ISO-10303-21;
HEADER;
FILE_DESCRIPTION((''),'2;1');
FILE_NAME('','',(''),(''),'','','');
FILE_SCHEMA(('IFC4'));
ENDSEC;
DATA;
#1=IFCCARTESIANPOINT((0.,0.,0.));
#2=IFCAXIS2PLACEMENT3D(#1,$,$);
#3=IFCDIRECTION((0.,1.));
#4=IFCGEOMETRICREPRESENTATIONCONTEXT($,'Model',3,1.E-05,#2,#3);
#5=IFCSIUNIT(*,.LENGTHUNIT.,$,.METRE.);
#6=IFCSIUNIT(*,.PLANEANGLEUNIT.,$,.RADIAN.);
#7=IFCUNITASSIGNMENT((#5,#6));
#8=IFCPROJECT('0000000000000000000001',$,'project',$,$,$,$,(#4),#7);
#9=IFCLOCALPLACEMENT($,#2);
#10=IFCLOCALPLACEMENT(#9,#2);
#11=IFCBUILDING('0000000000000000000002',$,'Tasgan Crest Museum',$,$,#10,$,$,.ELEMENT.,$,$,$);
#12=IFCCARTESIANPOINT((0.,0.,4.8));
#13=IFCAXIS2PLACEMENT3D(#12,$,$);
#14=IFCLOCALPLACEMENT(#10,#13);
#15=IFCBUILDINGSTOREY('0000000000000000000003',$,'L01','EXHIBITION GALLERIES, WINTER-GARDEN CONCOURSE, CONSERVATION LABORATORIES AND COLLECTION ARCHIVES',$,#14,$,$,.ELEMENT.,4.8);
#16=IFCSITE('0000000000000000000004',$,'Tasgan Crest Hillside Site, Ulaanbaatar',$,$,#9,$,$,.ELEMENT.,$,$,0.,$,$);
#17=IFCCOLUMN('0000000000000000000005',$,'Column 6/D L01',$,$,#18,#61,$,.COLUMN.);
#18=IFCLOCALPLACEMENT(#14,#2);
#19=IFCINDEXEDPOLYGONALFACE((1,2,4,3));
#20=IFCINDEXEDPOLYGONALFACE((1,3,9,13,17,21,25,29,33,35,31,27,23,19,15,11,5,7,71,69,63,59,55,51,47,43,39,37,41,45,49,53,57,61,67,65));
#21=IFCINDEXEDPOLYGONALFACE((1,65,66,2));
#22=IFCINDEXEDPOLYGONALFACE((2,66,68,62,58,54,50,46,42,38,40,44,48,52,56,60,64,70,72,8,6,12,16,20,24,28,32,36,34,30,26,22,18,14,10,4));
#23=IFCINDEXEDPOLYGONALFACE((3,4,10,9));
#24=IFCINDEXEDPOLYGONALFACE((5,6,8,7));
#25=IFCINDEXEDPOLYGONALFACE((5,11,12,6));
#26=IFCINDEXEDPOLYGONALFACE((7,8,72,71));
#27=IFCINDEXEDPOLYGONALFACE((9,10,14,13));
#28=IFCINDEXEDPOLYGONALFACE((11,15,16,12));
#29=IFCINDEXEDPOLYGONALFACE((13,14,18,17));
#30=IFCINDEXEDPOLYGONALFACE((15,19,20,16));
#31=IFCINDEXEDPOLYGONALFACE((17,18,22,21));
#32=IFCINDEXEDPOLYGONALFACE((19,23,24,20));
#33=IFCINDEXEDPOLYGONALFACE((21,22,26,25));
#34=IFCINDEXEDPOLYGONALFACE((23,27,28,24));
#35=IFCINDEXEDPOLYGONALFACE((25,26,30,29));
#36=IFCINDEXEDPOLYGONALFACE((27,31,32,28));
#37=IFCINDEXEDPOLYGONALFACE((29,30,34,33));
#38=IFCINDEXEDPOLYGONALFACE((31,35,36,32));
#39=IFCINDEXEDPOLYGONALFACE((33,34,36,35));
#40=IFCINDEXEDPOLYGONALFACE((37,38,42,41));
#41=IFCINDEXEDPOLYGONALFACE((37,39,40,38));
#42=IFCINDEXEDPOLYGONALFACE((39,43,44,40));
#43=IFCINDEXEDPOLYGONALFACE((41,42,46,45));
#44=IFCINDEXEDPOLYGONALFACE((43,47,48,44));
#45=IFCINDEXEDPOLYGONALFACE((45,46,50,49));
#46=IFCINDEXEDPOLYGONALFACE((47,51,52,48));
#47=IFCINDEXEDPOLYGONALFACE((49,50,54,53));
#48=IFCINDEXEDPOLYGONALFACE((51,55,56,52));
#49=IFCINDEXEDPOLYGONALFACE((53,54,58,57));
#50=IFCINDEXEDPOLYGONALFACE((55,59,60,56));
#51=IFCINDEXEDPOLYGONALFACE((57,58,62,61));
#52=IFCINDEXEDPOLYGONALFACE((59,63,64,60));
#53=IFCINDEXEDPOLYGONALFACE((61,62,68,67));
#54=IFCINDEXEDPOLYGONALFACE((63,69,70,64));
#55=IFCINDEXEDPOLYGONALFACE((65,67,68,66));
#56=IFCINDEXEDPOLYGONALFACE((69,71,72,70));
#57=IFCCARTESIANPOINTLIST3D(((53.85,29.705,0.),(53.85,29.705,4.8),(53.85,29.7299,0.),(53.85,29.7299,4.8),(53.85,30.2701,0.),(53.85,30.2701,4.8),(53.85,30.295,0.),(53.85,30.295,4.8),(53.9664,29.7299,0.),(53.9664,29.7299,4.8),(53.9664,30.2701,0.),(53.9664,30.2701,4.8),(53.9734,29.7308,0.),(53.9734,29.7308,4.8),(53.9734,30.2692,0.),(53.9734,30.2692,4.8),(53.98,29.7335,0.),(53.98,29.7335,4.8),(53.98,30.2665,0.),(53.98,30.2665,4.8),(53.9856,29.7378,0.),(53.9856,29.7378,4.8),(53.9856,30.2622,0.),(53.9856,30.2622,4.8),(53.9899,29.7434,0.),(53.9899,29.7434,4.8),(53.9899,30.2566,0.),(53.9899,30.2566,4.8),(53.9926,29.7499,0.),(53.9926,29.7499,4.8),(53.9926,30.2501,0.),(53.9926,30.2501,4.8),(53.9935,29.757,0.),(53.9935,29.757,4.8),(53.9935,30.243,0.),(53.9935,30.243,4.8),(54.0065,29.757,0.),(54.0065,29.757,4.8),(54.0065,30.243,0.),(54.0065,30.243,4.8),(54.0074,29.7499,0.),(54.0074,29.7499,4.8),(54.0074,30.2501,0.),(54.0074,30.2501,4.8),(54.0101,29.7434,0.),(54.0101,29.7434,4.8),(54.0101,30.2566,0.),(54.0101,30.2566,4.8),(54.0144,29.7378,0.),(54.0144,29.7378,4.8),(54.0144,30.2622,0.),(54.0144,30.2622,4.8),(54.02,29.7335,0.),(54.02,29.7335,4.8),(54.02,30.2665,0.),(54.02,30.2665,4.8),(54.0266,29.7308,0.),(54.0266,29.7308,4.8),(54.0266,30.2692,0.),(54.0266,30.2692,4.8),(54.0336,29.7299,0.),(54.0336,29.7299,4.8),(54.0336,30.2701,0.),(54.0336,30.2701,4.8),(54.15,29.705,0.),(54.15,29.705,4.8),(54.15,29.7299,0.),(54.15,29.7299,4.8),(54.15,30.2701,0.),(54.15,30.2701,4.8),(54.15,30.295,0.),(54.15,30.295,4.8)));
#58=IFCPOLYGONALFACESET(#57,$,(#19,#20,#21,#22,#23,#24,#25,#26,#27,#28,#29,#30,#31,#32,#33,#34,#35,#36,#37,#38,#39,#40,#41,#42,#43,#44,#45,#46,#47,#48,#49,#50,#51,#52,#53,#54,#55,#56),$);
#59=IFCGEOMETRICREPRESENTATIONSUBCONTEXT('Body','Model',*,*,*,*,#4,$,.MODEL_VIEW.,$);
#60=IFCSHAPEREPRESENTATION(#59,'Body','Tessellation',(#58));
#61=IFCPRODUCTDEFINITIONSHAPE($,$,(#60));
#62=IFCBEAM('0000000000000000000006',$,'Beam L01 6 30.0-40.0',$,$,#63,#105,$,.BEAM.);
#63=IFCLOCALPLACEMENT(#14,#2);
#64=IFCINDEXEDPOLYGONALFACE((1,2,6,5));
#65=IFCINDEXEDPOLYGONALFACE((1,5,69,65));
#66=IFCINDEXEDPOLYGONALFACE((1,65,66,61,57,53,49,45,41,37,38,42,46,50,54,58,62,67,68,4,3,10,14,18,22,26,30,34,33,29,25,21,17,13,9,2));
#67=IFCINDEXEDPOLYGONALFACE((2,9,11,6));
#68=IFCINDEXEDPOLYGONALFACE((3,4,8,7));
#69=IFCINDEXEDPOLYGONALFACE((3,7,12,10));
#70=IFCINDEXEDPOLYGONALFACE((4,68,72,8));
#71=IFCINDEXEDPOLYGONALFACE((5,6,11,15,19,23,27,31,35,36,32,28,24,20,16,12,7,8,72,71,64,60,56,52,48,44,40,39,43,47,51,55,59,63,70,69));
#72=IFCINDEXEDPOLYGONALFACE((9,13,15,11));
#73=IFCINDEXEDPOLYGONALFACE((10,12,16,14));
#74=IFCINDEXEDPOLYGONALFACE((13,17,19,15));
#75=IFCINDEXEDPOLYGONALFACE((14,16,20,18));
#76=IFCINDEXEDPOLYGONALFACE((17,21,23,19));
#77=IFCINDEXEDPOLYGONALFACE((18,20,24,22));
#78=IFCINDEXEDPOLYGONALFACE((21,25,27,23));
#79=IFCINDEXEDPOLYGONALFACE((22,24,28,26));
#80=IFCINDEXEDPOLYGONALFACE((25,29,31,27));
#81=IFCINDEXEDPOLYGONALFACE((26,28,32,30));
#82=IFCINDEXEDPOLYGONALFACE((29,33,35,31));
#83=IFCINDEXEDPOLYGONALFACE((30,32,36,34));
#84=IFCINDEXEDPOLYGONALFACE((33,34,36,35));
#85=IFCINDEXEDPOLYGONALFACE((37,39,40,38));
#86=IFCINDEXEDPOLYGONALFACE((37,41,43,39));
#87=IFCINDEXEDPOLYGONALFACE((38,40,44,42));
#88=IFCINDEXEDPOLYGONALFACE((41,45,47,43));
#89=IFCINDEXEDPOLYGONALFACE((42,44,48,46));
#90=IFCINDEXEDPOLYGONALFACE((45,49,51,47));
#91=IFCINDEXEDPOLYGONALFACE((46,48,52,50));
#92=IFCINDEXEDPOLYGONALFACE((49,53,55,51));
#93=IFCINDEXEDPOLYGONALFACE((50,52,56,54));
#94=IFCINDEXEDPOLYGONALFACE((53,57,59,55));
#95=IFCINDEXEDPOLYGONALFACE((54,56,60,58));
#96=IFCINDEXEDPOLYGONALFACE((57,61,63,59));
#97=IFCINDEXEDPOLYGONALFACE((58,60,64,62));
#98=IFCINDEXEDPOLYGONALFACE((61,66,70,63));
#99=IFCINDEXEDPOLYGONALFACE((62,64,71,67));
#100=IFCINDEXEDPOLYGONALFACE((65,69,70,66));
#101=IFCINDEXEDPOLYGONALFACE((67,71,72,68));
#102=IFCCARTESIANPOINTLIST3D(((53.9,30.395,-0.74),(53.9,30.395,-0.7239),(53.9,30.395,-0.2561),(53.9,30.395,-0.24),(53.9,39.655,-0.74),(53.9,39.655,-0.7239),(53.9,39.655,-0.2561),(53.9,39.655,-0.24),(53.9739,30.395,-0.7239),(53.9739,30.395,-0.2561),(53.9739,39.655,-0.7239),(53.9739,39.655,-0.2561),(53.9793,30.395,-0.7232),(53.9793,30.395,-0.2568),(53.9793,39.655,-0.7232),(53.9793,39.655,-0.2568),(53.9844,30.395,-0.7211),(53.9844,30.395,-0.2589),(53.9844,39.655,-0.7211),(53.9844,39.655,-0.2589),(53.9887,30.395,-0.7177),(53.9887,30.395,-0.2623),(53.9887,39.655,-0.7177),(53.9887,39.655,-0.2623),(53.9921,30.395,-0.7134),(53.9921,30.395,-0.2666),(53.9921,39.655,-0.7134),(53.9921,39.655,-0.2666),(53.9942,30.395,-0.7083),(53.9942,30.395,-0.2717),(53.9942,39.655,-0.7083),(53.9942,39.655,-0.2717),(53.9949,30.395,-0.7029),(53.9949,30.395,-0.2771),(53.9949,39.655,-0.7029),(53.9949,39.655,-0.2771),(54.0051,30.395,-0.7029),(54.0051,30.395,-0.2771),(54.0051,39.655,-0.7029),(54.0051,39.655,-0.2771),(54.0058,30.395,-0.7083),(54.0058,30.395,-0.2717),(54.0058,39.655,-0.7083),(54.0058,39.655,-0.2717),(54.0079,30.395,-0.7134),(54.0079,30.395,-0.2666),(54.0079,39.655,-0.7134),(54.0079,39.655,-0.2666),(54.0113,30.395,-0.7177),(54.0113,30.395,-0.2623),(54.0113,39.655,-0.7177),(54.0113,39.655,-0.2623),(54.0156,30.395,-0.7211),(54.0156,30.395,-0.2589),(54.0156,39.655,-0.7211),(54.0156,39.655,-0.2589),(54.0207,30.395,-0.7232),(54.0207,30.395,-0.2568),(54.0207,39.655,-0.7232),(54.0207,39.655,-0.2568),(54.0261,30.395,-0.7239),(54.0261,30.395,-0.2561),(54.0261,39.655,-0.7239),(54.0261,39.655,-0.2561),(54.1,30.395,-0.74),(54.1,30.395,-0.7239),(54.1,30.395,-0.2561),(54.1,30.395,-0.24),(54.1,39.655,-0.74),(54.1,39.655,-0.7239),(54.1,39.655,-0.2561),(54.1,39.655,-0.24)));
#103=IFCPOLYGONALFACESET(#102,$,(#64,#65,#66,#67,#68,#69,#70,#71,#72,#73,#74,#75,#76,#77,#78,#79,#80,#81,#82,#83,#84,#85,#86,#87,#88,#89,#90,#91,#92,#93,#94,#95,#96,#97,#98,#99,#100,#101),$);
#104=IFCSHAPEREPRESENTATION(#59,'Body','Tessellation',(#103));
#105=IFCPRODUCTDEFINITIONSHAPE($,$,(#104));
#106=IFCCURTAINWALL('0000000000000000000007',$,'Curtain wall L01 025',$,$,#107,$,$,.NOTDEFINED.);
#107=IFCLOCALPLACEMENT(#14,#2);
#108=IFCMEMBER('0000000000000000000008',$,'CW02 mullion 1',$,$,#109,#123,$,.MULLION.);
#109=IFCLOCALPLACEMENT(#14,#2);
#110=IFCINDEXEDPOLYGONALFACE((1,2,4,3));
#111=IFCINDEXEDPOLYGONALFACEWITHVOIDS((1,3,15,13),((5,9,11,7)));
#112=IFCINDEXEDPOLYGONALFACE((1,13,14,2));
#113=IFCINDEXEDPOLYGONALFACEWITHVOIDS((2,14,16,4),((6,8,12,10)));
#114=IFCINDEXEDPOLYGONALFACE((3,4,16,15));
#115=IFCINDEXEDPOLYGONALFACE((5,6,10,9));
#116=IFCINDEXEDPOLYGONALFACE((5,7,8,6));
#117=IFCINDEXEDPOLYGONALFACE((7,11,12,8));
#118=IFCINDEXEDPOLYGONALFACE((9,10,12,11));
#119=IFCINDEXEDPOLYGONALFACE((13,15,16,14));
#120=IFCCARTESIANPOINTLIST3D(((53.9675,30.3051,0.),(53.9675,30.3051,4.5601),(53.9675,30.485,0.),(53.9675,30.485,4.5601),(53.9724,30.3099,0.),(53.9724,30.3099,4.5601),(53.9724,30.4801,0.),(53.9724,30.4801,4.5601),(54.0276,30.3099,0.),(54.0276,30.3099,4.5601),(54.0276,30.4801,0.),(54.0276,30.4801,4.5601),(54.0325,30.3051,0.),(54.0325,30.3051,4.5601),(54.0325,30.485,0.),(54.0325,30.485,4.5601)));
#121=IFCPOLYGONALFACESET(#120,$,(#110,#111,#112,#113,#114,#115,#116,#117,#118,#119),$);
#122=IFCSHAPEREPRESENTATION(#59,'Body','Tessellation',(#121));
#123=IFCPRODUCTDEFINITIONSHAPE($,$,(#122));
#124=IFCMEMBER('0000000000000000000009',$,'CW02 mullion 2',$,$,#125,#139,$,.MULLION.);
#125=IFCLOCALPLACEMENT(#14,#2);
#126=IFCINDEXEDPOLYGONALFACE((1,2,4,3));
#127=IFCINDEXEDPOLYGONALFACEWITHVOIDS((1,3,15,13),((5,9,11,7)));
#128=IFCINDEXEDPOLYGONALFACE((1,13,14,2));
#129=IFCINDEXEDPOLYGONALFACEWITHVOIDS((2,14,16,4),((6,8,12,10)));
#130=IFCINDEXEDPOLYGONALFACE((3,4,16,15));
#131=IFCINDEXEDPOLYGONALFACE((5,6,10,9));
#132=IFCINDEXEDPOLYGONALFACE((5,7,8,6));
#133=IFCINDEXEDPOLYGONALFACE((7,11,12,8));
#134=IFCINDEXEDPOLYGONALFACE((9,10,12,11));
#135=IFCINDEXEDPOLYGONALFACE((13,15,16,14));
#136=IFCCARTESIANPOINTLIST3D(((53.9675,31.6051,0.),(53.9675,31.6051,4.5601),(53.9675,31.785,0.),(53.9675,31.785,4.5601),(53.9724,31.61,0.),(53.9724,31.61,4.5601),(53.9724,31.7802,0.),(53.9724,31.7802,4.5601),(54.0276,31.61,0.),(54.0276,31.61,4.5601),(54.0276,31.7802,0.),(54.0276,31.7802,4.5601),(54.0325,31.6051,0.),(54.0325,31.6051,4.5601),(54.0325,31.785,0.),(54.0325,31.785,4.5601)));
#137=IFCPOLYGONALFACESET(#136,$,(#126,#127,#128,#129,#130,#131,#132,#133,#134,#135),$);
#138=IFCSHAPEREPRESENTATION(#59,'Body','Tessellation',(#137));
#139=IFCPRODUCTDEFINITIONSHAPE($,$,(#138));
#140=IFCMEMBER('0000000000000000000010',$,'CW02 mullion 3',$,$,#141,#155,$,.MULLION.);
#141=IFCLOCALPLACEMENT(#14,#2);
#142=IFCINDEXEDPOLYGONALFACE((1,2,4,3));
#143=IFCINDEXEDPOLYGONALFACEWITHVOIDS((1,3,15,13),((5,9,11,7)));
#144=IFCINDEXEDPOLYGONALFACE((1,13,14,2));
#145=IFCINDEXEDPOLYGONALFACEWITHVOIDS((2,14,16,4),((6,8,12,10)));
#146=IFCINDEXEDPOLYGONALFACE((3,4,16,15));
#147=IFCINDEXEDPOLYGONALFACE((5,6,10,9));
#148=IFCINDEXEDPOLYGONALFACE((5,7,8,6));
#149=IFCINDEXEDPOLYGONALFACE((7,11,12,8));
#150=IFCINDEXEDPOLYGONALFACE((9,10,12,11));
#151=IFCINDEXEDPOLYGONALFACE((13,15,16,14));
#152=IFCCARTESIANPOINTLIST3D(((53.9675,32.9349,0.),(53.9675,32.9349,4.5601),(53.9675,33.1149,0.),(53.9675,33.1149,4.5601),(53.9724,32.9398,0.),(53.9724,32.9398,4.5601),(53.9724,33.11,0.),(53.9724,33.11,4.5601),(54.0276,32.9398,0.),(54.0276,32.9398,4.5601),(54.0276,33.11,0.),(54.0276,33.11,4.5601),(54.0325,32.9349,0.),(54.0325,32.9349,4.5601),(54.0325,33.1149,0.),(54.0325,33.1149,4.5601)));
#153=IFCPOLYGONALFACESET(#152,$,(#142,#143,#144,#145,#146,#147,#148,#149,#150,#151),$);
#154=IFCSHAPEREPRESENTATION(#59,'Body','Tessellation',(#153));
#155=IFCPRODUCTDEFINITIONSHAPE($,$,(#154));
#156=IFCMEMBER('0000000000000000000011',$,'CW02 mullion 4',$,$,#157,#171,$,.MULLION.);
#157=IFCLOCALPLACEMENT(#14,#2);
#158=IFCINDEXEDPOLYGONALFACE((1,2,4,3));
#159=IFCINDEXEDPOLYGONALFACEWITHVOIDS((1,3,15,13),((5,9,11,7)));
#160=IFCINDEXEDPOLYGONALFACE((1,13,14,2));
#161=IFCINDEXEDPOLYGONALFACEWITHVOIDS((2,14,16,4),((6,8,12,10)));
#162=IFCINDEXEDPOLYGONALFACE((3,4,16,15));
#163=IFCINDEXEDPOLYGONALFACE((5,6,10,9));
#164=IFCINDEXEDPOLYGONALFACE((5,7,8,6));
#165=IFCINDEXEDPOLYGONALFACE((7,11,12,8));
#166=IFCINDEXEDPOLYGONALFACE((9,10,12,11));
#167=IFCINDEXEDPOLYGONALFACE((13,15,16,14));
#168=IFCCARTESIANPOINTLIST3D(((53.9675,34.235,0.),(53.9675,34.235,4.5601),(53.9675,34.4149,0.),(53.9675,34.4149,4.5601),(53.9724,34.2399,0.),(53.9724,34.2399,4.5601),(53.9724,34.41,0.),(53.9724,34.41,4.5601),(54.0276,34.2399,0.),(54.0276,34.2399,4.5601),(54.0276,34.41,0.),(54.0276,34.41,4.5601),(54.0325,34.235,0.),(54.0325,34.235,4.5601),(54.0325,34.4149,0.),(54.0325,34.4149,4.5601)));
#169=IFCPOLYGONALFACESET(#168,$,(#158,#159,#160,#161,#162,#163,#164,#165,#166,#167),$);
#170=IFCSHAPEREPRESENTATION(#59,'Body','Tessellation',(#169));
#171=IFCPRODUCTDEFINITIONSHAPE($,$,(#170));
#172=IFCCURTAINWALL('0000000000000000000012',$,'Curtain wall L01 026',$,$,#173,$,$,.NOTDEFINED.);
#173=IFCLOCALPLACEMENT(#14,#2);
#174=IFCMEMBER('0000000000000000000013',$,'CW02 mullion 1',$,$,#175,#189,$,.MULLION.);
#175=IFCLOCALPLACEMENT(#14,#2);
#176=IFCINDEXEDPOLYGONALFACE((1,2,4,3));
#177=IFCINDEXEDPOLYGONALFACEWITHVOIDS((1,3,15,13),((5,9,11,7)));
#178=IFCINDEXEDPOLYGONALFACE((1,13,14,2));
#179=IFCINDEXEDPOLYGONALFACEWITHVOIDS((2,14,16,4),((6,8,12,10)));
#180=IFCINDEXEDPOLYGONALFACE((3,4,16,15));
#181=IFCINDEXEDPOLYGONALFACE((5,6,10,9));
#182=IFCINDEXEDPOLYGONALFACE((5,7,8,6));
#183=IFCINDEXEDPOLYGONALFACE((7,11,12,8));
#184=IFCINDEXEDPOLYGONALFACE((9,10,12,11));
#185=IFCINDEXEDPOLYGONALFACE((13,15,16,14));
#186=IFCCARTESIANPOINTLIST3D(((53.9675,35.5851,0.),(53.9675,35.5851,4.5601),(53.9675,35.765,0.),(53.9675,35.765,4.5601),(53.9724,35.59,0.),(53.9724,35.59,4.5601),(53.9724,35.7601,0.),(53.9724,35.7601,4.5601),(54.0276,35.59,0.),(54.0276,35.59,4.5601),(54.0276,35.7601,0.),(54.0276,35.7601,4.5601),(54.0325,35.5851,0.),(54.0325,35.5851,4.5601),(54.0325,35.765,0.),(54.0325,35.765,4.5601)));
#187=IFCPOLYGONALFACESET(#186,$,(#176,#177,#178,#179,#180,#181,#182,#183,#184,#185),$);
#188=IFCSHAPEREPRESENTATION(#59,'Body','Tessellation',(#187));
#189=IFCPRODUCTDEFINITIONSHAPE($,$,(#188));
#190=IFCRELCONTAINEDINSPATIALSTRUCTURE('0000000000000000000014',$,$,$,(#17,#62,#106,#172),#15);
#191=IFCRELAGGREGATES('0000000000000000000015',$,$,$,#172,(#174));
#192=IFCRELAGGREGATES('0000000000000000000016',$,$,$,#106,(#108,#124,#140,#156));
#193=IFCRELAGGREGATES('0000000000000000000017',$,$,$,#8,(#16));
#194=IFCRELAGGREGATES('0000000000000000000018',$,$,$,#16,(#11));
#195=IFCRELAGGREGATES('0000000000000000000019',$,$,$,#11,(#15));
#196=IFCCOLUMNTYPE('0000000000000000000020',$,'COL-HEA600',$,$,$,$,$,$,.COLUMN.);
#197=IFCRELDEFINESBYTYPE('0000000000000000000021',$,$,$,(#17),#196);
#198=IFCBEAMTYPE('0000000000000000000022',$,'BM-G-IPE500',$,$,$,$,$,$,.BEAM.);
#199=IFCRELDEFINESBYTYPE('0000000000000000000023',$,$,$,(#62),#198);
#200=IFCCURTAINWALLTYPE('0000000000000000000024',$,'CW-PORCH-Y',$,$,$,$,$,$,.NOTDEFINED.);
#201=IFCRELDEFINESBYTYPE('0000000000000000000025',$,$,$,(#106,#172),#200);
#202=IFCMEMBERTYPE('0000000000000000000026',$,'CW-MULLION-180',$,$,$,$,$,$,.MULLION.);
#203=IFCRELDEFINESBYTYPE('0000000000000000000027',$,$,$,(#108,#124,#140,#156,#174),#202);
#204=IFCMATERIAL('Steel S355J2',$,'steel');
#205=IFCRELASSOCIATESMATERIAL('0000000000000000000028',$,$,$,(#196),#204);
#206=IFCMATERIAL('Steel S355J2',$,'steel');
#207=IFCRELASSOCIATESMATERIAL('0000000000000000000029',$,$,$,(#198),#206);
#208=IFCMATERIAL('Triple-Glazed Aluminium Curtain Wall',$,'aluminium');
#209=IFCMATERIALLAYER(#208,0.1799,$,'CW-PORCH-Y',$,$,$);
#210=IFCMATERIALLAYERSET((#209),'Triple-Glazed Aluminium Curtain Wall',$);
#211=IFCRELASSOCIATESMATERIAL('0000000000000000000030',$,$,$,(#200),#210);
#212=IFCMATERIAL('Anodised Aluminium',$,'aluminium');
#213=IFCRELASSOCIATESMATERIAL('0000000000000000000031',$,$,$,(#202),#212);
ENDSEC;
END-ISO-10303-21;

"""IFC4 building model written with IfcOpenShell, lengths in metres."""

from ifc_helpers import new_model, si_unit, direction, frame, origin, origin_2d, place, context, subcontext, project, spatial, hollow_rectangle, i_section, extrude, material, layer, layer_set, material_profile, profile_set, type_object, element, aggregate, save


model = new_model("IFC4")

# Units and contexts
model_context = context("Model", 3, precision=1e-05, world=origin(), true_north=direction((0.0, 1.0)))
body_context = subcontext(model_context, "Body", "Model", "MODEL_VIEW")
ifc_project = project(units=[si_unit("LENGTHUNIT", "METRE"), si_unit("PLANEANGLEUNIT", "RADIAN")], contexts=[model_context])

# Site, building, storey
site_placement = place(None, origin())
site = spatial("IfcSite", under=ifc_project, at=site_placement, Name="Tasgan Crest Hillside Site, Ulaanbaatar", CompositionType="ELEMENT", RefElevation=0.0)
building_placement = place(site_placement, origin())
building = spatial("IfcBuilding", under=site, at=building_placement, Name="Tasgan Crest Museum", CompositionType="ELEMENT")
storey_placement = place(building_placement, frame((0.0, 0.0, 4.8)))
storey = spatial("IfcBuildingStorey", under=building, at=storey_placement, Name="L01", Description="EXHIBITION GALLERIES, WINTER-GARDEN CONCOURSE, CONSERVATION LABORATORIES AND COLLECTION ARCHIVES", CompositionType="ELEMENT", Elevation=4.8)

# Column
ifc_material_1 = material(Name="Steel S355J2", Category="steel")
ifc_material_profile_1 = material_profile(ifc_material_1, i_section(OverallWidth=0.3, OverallDepth=0.5901, WebThickness=0.0129, FlangeThickness=0.0249, FilletRadius=0.0271, at=origin_2d()), Name="HEA 600")
ifc_profile_set_1 = profile_set([ifc_material_profile_1], Name="Steel S355J2")
column_type = type_object("IfcColumnType", Name="COL-HEA600", PredefinedType="COLUMN", material=ifc_profile_set_1)
column_placement = place(storey_placement, frame((54.0, 30.0, 0.0), z_axis=(0.0, 0.0, 1.0), x_axis=(1.0, 0.0, 0.0)))
element("IfcColumn", 1, at=column_placement, inside=storey, type_object=column_type, Name="Column 6/D L01", PredefinedType="COLUMN", context=body_context, shape_type="SweptSolid", body=[
    extrude(i_section(OverallWidth=0.3, OverallDepth=0.5901, WebThickness=0.0129, FlangeThickness=0.0249, FilletRadius=0.0271, at=origin_2d()), origin(), (0.0, 0.0, 1.0), 4.8),
])

# Beam
ifc_material_2 = material(Name="Steel S355J2", Category="steel")
ifc_material_profile_2 = material_profile(ifc_material_2, i_section(OverallWidth=0.2, OverallDepth=0.5, WebThickness=0.0103, FlangeThickness=0.0161, FilletRadius=0.021, at=origin_2d()), Name="IPE 500")
ifc_profile_set_2 = profile_set([ifc_material_profile_2], Name="Steel S355J2")
beam_type = type_object("IfcBeamType", Name="BM-G-IPE500", PredefinedType="BEAM", material=ifc_profile_set_2)
beam_placement = place(storey_placement, frame((54.0, 30.395, -0.49), z_axis=(0.0, 1.0, 0.0), x_axis=(-1.0, 0.0, 0.0)))
element("IfcBeam", 2, at=beam_placement, inside=storey, type_object=beam_type, Name="Beam L01 6 30.0-40.0", PredefinedType="BEAM", context=body_context, shape_type="SweptSolid", body=[
    extrude(i_section(OverallWidth=0.2, OverallDepth=0.5, WebThickness=0.0103, FlangeThickness=0.0161, FilletRadius=0.021, at=origin_2d()), origin(), (0.0, 0.0, 1.0), 9.26),
])

# Curtain wall, members
ifc_material_3 = material(Name="Triple-Glazed Aluminium Curtain Wall", Category="aluminium")
ifc_layer_1 = layer(ifc_material_3, 0.1799, Name="CW-PORCH-Y")
ifc_layer_set_1 = layer_set([ifc_layer_1], Name="Triple-Glazed Aluminium Curtain Wall")
curtain_wall_type = type_object("IfcCurtainWallType", Name="CW-PORCH-Y", PredefinedType="NOTDEFINED", material=ifc_layer_set_1)
curtain_wall_1_placement = place(storey_placement, origin())
curtain_wall_1 = element("IfcCurtainWall", 3, at=curtain_wall_1_placement, inside=storey, type_object=curtain_wall_type, Name="Curtain wall L01 025", PredefinedType="NOTDEFINED")
ifc_material_4 = material(Name="Anodised Aluminium", Category="aluminium")
ifc_material_profile_3 = material_profile(ifc_material_4, hollow_rectangle(XDim=0.0649, YDim=0.1799, WallThickness=0.0049, at=origin_2d()), Name="ALU MULLION 180x65x5")
ifc_profile_set_3 = profile_set([ifc_material_profile_3], Name="Anodised Aluminium")
member_type_1 = type_object("IfcMemberType", Name="CW-MULLION-180", PredefinedType="MULLION", material=ifc_profile_set_3)
member_1_placement = place(storey_placement, frame((54.0, 30.395, 0.0), z_axis=(0.0, 0.0, 1.0), x_axis=(-1.0, 0.0, 0.0)))
member_1 = element("IfcMember", 4, at=member_1_placement, type_object=member_type_1, Name="CW02 mullion 1", PredefinedType="MULLION", context=body_context, shape_type="SweptSolid", body=[
    extrude(hollow_rectangle(XDim=0.0649, YDim=0.1799, WallThickness=0.0049, at=origin_2d()), origin(), (0.0, 0.0, 1.0), 4.5601),
])
member_2_placement = place(storey_placement, frame((54.0, 31.6951, 0.0), z_axis=(0.0, 0.0, 1.0), x_axis=(-1.0, 0.0, 0.0)))
member_2 = element("IfcMember", 5, at=member_2_placement, type_object=member_type_1, Name="CW02 mullion 2", PredefinedType="MULLION", context=body_context, shape_type="SweptSolid", body=[
    extrude(hollow_rectangle(XDim=0.0649, YDim=0.1799, WallThickness=0.0049, at=origin_2d()), origin(), (0.0, 0.0, 1.0), 4.5601),
])
member_3_placement = place(storey_placement, frame((54.0, 33.0249, 0.0), z_axis=(0.0, 0.0, 1.0), x_axis=(-1.0, 0.0, 0.0)))
member_3 = element("IfcMember", 6, at=member_3_placement, type_object=member_type_1, Name="CW02 mullion 3", PredefinedType="MULLION", context=body_context, shape_type="SweptSolid", body=[
    extrude(hollow_rectangle(XDim=0.0649, YDim=0.1799, WallThickness=0.0049, at=origin_2d()), origin(), (0.0, 0.0, 1.0), 4.5601),
])
member_4_placement = place(storey_placement, frame((54.0, 34.325, 0.0), z_axis=(0.0, 0.0, 1.0), x_axis=(-1.0, 0.0, 0.0)))
member_4 = element("IfcMember", 7, at=member_4_placement, type_object=member_type_1, Name="CW02 mullion 4", PredefinedType="MULLION", context=body_context, shape_type="SweptSolid", body=[
    extrude(hollow_rectangle(XDim=0.0649, YDim=0.1799, WallThickness=0.0049, at=origin_2d()), origin(), (0.0, 0.0, 1.0), 4.5601),
])

# Curtain wall, member
curtain_wall_2_placement = place(storey_placement, origin())
curtain_wall_2 = element("IfcCurtainWall", 8, at=curtain_wall_2_placement, inside=storey, type_object=curtain_wall_type, Name="Curtain wall L01 026", PredefinedType="NOTDEFINED")
member_5_placement = place(storey_placement, frame((54.0, 35.675, 0.0), z_axis=(0.0, 0.0, 1.0), x_axis=(-1.0, 0.0, 0.0)))
member_5 = element("IfcMember", 9, at=member_5_placement, type_object=member_type_1, Name="CW02 mullion 1", PredefinedType="MULLION", context=body_context, shape_type="SweptSolid", body=[
    extrude(hollow_rectangle(XDim=0.0649, YDim=0.1799, WallThickness=0.0049, at=origin_2d()), origin(), (0.0, 0.0, 1.0), 4.5601),
])

aggregate(curtain_wall_2, [member_5])

aggregate(curtain_wall_1, [member_1, member_2, member_3, member_4])

save(model, "model.ifc")
